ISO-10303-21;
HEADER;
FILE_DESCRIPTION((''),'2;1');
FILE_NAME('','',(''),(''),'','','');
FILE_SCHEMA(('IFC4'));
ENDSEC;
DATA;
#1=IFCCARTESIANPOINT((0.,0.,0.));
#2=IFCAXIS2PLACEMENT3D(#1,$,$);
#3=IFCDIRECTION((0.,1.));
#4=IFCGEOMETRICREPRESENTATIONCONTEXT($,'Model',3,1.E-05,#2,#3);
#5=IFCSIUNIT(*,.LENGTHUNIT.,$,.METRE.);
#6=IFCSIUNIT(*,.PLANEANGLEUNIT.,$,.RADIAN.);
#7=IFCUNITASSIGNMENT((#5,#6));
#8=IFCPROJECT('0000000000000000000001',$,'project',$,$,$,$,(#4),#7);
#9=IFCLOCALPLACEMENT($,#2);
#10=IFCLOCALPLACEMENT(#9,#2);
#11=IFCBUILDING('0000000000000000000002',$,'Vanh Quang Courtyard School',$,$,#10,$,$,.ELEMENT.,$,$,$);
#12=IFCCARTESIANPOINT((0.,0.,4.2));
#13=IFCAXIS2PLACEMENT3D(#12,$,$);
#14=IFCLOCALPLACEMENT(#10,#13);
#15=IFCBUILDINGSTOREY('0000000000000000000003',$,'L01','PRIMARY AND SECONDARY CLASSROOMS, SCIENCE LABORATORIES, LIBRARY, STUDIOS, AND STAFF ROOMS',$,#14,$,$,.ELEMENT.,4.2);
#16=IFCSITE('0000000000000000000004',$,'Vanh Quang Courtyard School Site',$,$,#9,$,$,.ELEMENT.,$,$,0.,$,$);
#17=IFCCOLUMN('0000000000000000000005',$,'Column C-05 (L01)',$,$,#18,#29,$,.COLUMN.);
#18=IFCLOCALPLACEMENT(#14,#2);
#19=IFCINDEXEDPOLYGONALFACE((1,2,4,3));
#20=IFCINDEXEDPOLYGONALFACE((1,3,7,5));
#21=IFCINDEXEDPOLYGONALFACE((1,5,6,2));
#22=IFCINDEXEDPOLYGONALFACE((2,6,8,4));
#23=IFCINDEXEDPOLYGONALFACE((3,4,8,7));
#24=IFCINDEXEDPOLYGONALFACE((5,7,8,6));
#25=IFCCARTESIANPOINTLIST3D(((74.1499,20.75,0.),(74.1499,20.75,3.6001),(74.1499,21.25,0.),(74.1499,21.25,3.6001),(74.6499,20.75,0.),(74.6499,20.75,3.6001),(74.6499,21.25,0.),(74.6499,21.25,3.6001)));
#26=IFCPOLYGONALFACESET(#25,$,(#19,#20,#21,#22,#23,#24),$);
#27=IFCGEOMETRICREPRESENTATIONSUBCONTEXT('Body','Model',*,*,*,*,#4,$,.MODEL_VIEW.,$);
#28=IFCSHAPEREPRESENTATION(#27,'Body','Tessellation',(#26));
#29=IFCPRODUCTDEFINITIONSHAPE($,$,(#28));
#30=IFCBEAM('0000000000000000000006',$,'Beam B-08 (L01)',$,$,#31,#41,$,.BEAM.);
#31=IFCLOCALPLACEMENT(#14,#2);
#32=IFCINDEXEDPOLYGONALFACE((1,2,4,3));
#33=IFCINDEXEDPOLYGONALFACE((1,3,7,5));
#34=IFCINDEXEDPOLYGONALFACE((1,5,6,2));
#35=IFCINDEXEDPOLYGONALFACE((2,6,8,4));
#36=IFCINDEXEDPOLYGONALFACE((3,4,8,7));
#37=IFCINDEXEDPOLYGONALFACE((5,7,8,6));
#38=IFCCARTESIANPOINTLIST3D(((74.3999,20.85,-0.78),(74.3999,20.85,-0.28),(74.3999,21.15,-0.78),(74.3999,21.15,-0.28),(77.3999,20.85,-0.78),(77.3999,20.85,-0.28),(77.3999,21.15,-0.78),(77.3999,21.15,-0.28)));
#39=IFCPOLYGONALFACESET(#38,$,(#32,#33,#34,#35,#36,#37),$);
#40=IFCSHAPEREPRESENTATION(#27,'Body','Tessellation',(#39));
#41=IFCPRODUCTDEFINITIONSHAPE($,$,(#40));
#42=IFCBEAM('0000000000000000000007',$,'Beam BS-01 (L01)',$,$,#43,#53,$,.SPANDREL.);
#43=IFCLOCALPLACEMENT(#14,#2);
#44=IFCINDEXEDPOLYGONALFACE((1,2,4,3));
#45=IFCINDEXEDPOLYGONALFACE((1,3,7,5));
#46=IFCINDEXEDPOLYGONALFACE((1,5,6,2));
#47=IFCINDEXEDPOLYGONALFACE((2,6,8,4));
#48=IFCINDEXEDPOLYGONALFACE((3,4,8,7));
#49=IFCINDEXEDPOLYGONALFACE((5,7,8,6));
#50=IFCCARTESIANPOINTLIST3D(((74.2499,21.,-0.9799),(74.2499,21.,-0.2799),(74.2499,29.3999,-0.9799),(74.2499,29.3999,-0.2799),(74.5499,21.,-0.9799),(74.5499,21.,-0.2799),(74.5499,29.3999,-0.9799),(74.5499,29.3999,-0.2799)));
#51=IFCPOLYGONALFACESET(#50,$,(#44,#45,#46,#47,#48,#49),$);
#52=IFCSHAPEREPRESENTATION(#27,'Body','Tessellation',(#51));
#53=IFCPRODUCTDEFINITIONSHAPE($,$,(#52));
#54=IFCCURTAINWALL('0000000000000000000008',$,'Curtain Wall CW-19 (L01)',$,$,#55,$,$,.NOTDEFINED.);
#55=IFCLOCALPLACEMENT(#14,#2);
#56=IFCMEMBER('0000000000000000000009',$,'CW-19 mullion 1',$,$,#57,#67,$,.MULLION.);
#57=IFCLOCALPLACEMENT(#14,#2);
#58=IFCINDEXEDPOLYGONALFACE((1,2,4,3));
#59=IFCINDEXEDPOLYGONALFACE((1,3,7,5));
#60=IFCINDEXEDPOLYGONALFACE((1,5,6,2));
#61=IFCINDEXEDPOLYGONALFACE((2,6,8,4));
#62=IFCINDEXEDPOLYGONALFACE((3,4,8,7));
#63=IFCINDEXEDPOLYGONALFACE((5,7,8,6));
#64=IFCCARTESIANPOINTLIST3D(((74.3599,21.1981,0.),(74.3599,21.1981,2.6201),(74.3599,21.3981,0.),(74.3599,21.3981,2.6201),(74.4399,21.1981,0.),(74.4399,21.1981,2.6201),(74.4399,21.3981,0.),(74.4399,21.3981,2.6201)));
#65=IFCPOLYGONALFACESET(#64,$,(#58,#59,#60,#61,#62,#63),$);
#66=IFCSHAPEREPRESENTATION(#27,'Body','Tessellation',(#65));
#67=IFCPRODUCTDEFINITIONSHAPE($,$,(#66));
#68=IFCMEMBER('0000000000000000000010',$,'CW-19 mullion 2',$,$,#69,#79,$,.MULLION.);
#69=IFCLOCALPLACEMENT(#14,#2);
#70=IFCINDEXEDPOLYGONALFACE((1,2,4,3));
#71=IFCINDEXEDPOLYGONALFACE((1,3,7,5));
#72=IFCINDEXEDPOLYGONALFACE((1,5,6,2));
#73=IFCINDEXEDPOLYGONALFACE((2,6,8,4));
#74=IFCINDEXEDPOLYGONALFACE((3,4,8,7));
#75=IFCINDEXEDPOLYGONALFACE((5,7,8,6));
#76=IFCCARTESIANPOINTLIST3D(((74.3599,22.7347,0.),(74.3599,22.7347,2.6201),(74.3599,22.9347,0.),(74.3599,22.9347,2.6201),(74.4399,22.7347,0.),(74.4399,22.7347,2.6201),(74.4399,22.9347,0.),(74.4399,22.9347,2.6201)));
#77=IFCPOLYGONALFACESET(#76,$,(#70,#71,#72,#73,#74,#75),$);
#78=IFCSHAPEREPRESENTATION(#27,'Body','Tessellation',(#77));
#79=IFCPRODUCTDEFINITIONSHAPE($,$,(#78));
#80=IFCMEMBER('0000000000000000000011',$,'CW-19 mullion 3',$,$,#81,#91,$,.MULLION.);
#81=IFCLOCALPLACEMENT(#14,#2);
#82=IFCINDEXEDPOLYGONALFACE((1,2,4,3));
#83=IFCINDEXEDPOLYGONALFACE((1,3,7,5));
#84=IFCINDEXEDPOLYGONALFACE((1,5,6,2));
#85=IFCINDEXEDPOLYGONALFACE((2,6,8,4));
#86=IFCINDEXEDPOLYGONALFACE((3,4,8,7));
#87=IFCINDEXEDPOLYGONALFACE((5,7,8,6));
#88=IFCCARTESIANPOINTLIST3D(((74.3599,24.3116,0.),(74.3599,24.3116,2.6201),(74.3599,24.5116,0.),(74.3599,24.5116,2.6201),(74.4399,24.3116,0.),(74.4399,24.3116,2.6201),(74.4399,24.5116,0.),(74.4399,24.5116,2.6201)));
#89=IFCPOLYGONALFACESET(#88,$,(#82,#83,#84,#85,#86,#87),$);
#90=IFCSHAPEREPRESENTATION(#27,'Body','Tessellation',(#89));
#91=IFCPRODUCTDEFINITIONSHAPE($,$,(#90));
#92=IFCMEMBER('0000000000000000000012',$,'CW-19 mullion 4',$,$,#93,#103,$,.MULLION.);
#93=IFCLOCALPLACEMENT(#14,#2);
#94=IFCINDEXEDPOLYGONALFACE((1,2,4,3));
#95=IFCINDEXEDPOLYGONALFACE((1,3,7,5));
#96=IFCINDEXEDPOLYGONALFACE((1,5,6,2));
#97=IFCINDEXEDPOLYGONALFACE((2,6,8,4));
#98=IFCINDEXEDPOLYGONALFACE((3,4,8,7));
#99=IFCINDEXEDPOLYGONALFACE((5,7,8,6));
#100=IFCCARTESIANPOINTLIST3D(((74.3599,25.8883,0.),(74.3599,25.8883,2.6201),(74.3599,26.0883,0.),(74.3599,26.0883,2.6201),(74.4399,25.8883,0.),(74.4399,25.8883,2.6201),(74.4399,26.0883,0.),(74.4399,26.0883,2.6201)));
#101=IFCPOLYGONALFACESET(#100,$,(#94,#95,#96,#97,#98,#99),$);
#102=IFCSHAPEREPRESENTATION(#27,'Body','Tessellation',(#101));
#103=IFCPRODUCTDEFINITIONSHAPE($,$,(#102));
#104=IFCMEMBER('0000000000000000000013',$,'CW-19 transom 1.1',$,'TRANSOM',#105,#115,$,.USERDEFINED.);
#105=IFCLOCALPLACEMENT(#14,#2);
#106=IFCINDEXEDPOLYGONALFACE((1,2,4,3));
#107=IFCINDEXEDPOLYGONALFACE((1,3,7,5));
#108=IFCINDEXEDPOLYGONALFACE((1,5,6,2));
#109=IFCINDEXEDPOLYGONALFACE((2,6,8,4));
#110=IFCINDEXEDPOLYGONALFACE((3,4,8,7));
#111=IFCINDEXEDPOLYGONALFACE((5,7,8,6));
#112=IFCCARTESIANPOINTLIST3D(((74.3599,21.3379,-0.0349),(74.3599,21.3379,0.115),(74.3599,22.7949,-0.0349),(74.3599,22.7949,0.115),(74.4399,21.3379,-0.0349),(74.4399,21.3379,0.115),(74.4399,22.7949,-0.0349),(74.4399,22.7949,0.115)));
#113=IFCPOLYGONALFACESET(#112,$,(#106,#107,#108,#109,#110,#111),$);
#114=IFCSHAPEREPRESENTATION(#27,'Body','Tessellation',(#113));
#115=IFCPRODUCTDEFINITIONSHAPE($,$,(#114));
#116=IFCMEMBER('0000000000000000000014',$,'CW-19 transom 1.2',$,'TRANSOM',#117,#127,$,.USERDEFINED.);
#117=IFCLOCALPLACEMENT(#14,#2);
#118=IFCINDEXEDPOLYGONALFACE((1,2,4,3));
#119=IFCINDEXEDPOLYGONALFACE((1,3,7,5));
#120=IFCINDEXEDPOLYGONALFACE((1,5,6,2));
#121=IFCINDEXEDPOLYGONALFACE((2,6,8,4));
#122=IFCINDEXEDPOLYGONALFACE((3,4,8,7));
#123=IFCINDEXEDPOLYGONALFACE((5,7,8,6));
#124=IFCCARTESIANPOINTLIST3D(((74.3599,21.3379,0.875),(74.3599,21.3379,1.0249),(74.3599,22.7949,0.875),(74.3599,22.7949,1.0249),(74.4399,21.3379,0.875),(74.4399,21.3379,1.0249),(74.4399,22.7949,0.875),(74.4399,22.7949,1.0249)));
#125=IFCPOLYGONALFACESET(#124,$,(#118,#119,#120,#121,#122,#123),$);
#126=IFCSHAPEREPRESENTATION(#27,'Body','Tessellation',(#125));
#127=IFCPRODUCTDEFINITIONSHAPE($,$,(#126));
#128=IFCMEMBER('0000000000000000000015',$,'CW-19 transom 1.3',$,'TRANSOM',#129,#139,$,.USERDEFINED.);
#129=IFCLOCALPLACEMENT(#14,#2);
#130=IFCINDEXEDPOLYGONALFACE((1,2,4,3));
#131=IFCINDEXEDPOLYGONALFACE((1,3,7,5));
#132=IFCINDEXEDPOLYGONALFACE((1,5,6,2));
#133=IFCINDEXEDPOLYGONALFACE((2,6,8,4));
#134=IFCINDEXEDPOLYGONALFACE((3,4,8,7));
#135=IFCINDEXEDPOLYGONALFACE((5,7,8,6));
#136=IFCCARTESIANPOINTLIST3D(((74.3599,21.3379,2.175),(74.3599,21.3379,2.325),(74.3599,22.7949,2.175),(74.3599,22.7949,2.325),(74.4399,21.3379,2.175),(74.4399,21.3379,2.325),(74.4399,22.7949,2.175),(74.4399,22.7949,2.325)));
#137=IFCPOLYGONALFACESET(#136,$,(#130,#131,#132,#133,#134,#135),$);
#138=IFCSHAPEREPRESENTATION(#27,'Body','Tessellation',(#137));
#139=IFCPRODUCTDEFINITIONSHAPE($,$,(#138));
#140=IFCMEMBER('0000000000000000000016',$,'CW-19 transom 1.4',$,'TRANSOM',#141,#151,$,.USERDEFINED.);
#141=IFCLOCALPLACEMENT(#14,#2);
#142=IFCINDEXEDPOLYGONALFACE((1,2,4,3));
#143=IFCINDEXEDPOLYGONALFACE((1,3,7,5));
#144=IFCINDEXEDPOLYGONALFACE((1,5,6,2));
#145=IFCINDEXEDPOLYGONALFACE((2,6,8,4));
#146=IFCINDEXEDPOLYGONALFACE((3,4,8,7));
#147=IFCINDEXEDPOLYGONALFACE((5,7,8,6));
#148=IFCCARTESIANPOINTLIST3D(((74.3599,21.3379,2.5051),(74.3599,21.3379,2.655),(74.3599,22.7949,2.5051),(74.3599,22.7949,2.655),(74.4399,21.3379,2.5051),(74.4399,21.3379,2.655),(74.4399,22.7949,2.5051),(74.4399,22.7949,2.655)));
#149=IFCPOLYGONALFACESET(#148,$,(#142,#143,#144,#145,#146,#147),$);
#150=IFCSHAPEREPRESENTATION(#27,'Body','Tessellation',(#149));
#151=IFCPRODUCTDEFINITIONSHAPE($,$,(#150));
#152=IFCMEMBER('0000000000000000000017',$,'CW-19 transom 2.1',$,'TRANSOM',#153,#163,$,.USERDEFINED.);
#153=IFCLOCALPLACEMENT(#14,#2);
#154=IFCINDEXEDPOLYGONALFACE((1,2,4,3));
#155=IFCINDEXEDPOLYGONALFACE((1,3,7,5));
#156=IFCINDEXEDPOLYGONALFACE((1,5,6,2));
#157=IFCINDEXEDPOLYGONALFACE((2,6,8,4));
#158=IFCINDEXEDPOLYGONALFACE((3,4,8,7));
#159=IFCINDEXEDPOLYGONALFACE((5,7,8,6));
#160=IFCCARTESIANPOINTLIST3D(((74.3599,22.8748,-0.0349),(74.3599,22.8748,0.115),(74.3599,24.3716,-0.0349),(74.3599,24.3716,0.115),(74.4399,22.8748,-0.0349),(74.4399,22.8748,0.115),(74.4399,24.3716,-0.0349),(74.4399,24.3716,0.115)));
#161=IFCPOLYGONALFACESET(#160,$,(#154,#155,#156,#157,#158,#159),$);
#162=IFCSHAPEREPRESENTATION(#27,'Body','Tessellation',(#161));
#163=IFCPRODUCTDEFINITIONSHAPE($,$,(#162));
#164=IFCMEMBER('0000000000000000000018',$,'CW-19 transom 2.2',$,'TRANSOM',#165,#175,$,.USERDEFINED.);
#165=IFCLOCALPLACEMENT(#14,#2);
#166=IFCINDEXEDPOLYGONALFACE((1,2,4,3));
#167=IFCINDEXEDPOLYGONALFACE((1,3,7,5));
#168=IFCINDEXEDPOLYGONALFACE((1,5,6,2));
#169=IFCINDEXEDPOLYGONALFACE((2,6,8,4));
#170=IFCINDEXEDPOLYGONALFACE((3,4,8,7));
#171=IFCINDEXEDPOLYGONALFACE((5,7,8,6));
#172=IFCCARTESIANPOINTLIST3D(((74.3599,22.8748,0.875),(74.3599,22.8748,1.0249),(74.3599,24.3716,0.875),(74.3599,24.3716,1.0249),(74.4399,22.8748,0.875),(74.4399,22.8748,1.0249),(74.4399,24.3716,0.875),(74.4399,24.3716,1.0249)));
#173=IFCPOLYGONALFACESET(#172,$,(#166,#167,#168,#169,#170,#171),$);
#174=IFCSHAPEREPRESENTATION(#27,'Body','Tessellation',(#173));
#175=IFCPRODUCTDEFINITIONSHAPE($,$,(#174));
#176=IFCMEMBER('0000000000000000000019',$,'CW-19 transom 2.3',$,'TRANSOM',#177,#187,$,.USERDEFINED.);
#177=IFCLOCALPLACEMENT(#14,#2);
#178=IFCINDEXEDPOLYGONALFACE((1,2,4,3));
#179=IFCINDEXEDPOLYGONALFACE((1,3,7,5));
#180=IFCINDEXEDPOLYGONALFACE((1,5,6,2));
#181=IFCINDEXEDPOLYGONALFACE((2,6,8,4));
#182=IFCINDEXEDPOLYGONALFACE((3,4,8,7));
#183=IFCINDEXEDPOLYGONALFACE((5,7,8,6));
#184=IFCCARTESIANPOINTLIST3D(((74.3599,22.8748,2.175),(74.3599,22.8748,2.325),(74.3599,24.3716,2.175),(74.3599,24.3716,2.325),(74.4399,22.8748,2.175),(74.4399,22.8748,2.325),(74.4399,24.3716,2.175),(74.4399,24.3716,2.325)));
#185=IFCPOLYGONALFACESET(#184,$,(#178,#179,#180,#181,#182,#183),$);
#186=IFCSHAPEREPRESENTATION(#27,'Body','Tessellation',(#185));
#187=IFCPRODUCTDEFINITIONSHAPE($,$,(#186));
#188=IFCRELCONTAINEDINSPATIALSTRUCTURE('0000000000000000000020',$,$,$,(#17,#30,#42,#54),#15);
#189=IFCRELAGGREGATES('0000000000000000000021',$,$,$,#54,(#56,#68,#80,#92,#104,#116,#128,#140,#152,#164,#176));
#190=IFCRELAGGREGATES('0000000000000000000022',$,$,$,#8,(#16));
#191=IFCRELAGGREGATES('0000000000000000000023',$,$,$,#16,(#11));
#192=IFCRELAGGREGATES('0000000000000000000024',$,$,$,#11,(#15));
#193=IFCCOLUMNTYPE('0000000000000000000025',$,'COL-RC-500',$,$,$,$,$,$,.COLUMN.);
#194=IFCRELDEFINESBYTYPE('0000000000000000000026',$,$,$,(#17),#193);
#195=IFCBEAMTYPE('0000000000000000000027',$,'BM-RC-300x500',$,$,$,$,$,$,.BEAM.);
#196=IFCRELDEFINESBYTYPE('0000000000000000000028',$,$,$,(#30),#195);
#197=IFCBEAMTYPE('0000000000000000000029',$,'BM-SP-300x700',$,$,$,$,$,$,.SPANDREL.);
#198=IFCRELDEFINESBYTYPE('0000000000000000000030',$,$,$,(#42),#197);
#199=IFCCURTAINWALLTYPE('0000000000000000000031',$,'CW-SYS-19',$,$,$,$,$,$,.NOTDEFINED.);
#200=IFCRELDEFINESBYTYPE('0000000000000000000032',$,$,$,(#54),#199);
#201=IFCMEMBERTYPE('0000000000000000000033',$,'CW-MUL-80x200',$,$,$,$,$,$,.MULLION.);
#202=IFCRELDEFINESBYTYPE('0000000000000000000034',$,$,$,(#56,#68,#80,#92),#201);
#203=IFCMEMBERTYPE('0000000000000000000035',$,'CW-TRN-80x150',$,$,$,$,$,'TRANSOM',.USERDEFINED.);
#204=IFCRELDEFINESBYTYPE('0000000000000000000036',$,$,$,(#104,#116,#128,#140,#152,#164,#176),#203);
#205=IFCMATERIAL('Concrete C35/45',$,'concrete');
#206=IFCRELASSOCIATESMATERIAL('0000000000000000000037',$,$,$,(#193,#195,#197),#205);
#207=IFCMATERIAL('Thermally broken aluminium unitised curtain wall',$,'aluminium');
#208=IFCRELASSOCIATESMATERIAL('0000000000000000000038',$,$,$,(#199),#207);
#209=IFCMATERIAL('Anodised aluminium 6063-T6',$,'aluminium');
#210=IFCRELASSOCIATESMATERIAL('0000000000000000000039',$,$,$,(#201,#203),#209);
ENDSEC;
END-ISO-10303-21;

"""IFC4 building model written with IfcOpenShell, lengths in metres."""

from ifc_helpers import new_model, si_unit, direction, frame, origin, origin_2d, place, context, subcontext, project, spatial, rectangle, extrude, material, material_profile, profile_set, type_object, element, aggregate, save


model = new_model("IFC4")

# Units and contexts
model_context = context("Model", 3, precision=1e-05, world=origin(), true_north=direction((0.0, 1.0)))
body_context = subcontext(model_context, "Body", "Model", "MODEL_VIEW")
ifc_project = project(units=[si_unit("LENGTHUNIT", "METRE"), si_unit("PLANEANGLEUNIT", "RADIAN")], contexts=[model_context])

# Site, building, storey
site_placement = place(None, origin())
site = spatial("IfcSite", under=ifc_project, at=site_placement, Name="Vanh Quang Courtyard School Site", CompositionType="ELEMENT", RefElevation=0.0)
building_placement = place(site_placement, origin())
building = spatial("IfcBuilding", under=site, at=building_placement, Name="Vanh Quang Courtyard School", CompositionType="ELEMENT")
storey_placement = place(building_placement, frame((0.0, 0.0, 4.2)))
storey = spatial("IfcBuildingStorey", under=building, at=storey_placement, Name="L01", Description="PRIMARY AND SECONDARY CLASSROOMS, SCIENCE LABORATORIES, LIBRARY, STUDIOS, AND STAFF ROOMS", CompositionType="ELEMENT", Elevation=4.2)

# Column
ifc_material_1 = material(Name="Concrete C35/45", Category="concrete")
ifc_material_profile_1 = material_profile(ifc_material_1, rectangle(XDim=0.5, YDim=0.5, at=origin_2d()), Name="RC-COL 500x500")
ifc_profile_set_1 = profile_set([ifc_material_profile_1], Name="Concrete C35/45")
column_type = type_object("IfcColumnType", Name="COL-RC-500", PredefinedType="COLUMN", material=ifc_profile_set_1)
column_placement = place(storey_placement, frame((74.3999, 21.0, 0.0), z_axis=(0.0, 0.0, 1.0), x_axis=(1.0, 0.0, 0.0)))
element("IfcColumn", 1, at=column_placement, inside=storey, type_object=column_type, Name="Column C-05 (L01)", PredefinedType="COLUMN", context=body_context, shape_type="SweptSolid", body=[
    extrude(rectangle(XDim=0.5, YDim=0.5, at=origin_2d()), origin(), (0.0, 0.0, 1.0), 3.6001),
])

# Beams
ifc_material_profile_2 = material_profile(ifc_material_1, rectangle(XDim=0.3, YDim=0.5, at=origin_2d()), Name="RC-BM 300x500")
ifc_profile_set_2 = profile_set([ifc_material_profile_2], Name="Concrete C35/45")
beam_type_1 = type_object("IfcBeamType", Name="BM-RC-300x500", PredefinedType="BEAM", material=ifc_profile_set_2)
beam_1_placement = place(storey_placement, frame((74.3999, 21.0, -0.53), z_axis=(1.0, 0.0, 0.0), x_axis=(0.0, 1.0, 0.0)))
element("IfcBeam", 2, at=beam_1_placement, inside=storey, type_object=beam_type_1, Name="Beam B-08 (L01)", PredefinedType="BEAM", context=body_context, shape_type="SweptSolid", body=[
    extrude(rectangle(XDim=0.3, YDim=0.5, at=origin_2d()), origin(), (0.0, 0.0, 1.0), 3.0),
])
ifc_material_profile_3 = material_profile(ifc_material_1, rectangle(XDim=0.3, YDim=0.7, at=origin_2d()), Name="RC-SP 300x700")
ifc_profile_set_3 = profile_set([ifc_material_profile_3], Name="Concrete C35/45")
beam_type_2 = type_object("IfcBeamType", Name="BM-SP-300x700", PredefinedType="SPANDREL", material=ifc_profile_set_3)
beam_2_placement = place(storey_placement, frame((74.3999, 21.0, -0.6299), z_axis=(0.0, 1.0, 0.0), x_axis=(-1.0, 0.0, 0.0)))
element("IfcBeam", 3, at=beam_2_placement, inside=storey, type_object=beam_type_2, Name="Beam BS-01 (L01)", PredefinedType="SPANDREL", context=body_context, shape_type="SweptSolid", body=[
    extrude(rectangle(XDim=0.3, YDim=0.7, at=origin_2d()), origin(), (0.0, 0.0, 1.0), 8.3999),
])

# Curtain wall, members
ifc_material_2 = material(Name="Thermally broken aluminium unitised curtain wall", Category="aluminium")
curtain_wall_type = type_object("IfcCurtainWallType", Name="CW-SYS-19", PredefinedType="NOTDEFINED", material=ifc_material_2)
curtain_wall_placement = place(storey_placement, origin())
curtain_wall = element("IfcCurtainWall", 4, at=curtain_wall_placement, inside=storey, type_object=curtain_wall_type, Name="Curtain Wall CW-19 (L01)", PredefinedType="NOTDEFINED")
ifc_material_3 = material(Name="Anodised aluminium 6063-T6", Category="aluminium")
ifc_material_profile_4 = material_profile(ifc_material_3, rectangle(XDim=0.0801, YDim=0.2, at=origin_2d()), Name="ALU-MUL 80x200")
ifc_profile_set_4 = profile_set([ifc_material_profile_4], Name="Anodised aluminium 6063-T6")
member_type_1 = type_object("IfcMemberType", Name="CW-MUL-80x200", PredefinedType="MULLION", material=ifc_profile_set_4)
member_1_placement = place(storey_placement, frame((74.3999, 21.2981, 0.0), z_axis=(0.0, 0.0, 1.0), x_axis=(-1.0, 0.0, 0.0)))
member_1 = element("IfcMember", 5, at=member_1_placement, type_object=member_type_1, Name="CW-19 mullion 1", PredefinedType="MULLION", context=body_context, shape_type="SweptSolid", body=[
    extrude(rectangle(XDim=0.0801, YDim=0.2, at=origin_2d()), origin(), (0.0, 0.0, 1.0), 2.6201),
])
member_2_placement = place(storey_placement, frame((74.3999, 22.8347, 0.0), z_axis=(0.0, 0.0, 1.0), x_axis=(-1.0, 0.0, 0.0)))
member_2 = element("IfcMember", 6, at=member_2_placement, type_object=member_type_1, Name="CW-19 mullion 2", PredefinedType="MULLION", context=body_context, shape_type="SweptSolid", body=[
    extrude(rectangle(XDim=0.0801, YDim=0.2, at=origin_2d()), origin(), (0.0, 0.0, 1.0), 2.6201),
])
member_3_placement = place(storey_placement, frame((74.3999, 24.4116, 0.0), z_axis=(0.0, 0.0, 1.0), x_axis=(-1.0, 0.0, 0.0)))
member_3 = element("IfcMember", 7, at=member_3_placement, type_object=member_type_1, Name="CW-19 mullion 3", PredefinedType="MULLION", context=body_context, shape_type="SweptSolid", body=[
    extrude(rectangle(XDim=0.0801, YDim=0.2, at=origin_2d()), origin(), (0.0, 0.0, 1.0), 2.6201),
])
member_4_placement = place(storey_placement, frame((74.3999, 25.9883, 0.0), z_axis=(0.0, 0.0, 1.0), x_axis=(-1.0, 0.0, 0.0)))
member_4 = element("IfcMember", 8, at=member_4_placement, type_object=member_type_1, Name="CW-19 mullion 4", PredefinedType="MULLION", context=body_context, shape_type="SweptSolid", body=[
    extrude(rectangle(XDim=0.0801, YDim=0.2, at=origin_2d()), origin(), (0.0, 0.0, 1.0), 2.6201),
])
ifc_material_profile_5 = material_profile(ifc_material_3, rectangle(XDim=0.0801, YDim=0.1499, at=origin_2d()), Name="ALU-TRN 80x150")
ifc_profile_set_5 = profile_set([ifc_material_profile_5], Name="Anodised aluminium 6063-T6")
member_type_2 = type_object("IfcMemberType", Name="CW-TRN-80x150", ElementType="TRANSOM", PredefinedType="USERDEFINED", material=ifc_profile_set_5)
member_5_placement = place(storey_placement, frame((74.3999, 21.3379, 0.04), z_axis=(0.0, 1.0, 0.0), x_axis=(-1.0, 0.0, 0.0)))
member_5 = element("IfcMember", 9, at=member_5_placement, type_object=member_type_2, Name="CW-19 transom 1.1", ObjectType="TRANSOM", PredefinedType="USERDEFINED", context=body_context, shape_type="SweptSolid", body=[
    extrude(rectangle(XDim=0.0801, YDim=0.1499, at=origin_2d()), origin(), (0.0, 0.0, 1.0), 1.457),
])
member_6_placement = place(storey_placement, frame((74.3999, 21.3379, 0.95), z_axis=(0.0, 1.0, 0.0), x_axis=(-1.0, 0.0, 0.0)))
member_6 = element("IfcMember", 10, at=member_6_placement, type_object=member_type_2, Name="CW-19 transom 1.2", ObjectType="TRANSOM", PredefinedType="USERDEFINED", context=body_context, shape_type="SweptSolid", body=[
    extrude(rectangle(XDim=0.0801, YDim=0.1499, at=origin_2d()), origin(), (0.0, 0.0, 1.0), 1.457),
])
member_7_placement = place(storey_placement, frame((74.3999, 21.3379, 2.25), z_axis=(0.0, 1.0, 0.0), x_axis=(-1.0, 0.0, 0.0)))
member_7 = element("IfcMember", 11, at=member_7_placement, type_object=member_type_2, Name="CW-19 transom 1.3", ObjectType="TRANSOM", PredefinedType="USERDEFINED", context=body_context, shape_type="SweptSolid", body=[
    extrude(rectangle(XDim=0.0801, YDim=0.1499, at=origin_2d()), origin(), (0.0, 0.0, 1.0), 1.457),
])
member_8_placement = place(storey_placement, frame((74.3999, 21.3379, 2.5801), z_axis=(0.0, 1.0, 0.0), x_axis=(-1.0, 0.0, 0.0)))
member_8 = element("IfcMember", 12, at=member_8_placement, type_object=member_type_2, Name="CW-19 transom 1.4", ObjectType="TRANSOM", PredefinedType="USERDEFINED", context=body_context, shape_type="SweptSolid", body=[
    extrude(rectangle(XDim=0.0801, YDim=0.1499, at=origin_2d()), origin(), (0.0, 0.0, 1.0), 1.457),
])
member_9_placement = place(storey_placement, frame((74.3999, 22.8748, 0.04), z_axis=(0.0, 1.0, 0.0), x_axis=(-1.0, 0.0, 0.0)))
member_9 = element("IfcMember", 13, at=member_9_placement, type_object=member_type_2, Name="CW-19 transom 2.1", ObjectType="TRANSOM", PredefinedType="USERDEFINED", context=body_context, shape_type="SweptSolid", body=[
    extrude(rectangle(XDim=0.0801, YDim=0.1499, at=origin_2d()), origin(), (0.0, 0.0, 1.0), 1.4968),
])
member_10_placement = place(storey_placement, frame((74.3999, 22.8748, 0.95), z_axis=(0.0, 1.0, 0.0), x_axis=(-1.0, 0.0, 0.0)))
member_10 = element("IfcMember", 14, at=member_10_placement, type_object=member_type_2, Name="CW-19 transom 2.2", ObjectType="TRANSOM", PredefinedType="USERDEFINED", context=body_context, shape_type="SweptSolid", body=[
    extrude(rectangle(XDim=0.0801, YDim=0.1499, at=origin_2d()), origin(), (0.0, 0.0, 1.0), 1.4968),
])
member_11_placement = place(storey_placement, frame((74.3999, 22.8748, 2.25), z_axis=(0.0, 1.0, 0.0), x_axis=(-1.0, 0.0, 0.0)))
member_11 = element("IfcMember", 15, at=member_11_placement, type_object=member_type_2, Name="CW-19 transom 2.3", ObjectType="TRANSOM", PredefinedType="USERDEFINED", context=body_context, shape_type="SweptSolid", body=[
    extrude(rectangle(XDim=0.0801, YDim=0.1499, at=origin_2d()), origin(), (0.0, 0.0, 1.0), 1.4968),
])
aggregate(curtain_wall, [member_1, member_2, member_3, member_4, member_5, member_6, member_7, member_8, member_9, member_10, member_11])

save(model, "model.ifc")
